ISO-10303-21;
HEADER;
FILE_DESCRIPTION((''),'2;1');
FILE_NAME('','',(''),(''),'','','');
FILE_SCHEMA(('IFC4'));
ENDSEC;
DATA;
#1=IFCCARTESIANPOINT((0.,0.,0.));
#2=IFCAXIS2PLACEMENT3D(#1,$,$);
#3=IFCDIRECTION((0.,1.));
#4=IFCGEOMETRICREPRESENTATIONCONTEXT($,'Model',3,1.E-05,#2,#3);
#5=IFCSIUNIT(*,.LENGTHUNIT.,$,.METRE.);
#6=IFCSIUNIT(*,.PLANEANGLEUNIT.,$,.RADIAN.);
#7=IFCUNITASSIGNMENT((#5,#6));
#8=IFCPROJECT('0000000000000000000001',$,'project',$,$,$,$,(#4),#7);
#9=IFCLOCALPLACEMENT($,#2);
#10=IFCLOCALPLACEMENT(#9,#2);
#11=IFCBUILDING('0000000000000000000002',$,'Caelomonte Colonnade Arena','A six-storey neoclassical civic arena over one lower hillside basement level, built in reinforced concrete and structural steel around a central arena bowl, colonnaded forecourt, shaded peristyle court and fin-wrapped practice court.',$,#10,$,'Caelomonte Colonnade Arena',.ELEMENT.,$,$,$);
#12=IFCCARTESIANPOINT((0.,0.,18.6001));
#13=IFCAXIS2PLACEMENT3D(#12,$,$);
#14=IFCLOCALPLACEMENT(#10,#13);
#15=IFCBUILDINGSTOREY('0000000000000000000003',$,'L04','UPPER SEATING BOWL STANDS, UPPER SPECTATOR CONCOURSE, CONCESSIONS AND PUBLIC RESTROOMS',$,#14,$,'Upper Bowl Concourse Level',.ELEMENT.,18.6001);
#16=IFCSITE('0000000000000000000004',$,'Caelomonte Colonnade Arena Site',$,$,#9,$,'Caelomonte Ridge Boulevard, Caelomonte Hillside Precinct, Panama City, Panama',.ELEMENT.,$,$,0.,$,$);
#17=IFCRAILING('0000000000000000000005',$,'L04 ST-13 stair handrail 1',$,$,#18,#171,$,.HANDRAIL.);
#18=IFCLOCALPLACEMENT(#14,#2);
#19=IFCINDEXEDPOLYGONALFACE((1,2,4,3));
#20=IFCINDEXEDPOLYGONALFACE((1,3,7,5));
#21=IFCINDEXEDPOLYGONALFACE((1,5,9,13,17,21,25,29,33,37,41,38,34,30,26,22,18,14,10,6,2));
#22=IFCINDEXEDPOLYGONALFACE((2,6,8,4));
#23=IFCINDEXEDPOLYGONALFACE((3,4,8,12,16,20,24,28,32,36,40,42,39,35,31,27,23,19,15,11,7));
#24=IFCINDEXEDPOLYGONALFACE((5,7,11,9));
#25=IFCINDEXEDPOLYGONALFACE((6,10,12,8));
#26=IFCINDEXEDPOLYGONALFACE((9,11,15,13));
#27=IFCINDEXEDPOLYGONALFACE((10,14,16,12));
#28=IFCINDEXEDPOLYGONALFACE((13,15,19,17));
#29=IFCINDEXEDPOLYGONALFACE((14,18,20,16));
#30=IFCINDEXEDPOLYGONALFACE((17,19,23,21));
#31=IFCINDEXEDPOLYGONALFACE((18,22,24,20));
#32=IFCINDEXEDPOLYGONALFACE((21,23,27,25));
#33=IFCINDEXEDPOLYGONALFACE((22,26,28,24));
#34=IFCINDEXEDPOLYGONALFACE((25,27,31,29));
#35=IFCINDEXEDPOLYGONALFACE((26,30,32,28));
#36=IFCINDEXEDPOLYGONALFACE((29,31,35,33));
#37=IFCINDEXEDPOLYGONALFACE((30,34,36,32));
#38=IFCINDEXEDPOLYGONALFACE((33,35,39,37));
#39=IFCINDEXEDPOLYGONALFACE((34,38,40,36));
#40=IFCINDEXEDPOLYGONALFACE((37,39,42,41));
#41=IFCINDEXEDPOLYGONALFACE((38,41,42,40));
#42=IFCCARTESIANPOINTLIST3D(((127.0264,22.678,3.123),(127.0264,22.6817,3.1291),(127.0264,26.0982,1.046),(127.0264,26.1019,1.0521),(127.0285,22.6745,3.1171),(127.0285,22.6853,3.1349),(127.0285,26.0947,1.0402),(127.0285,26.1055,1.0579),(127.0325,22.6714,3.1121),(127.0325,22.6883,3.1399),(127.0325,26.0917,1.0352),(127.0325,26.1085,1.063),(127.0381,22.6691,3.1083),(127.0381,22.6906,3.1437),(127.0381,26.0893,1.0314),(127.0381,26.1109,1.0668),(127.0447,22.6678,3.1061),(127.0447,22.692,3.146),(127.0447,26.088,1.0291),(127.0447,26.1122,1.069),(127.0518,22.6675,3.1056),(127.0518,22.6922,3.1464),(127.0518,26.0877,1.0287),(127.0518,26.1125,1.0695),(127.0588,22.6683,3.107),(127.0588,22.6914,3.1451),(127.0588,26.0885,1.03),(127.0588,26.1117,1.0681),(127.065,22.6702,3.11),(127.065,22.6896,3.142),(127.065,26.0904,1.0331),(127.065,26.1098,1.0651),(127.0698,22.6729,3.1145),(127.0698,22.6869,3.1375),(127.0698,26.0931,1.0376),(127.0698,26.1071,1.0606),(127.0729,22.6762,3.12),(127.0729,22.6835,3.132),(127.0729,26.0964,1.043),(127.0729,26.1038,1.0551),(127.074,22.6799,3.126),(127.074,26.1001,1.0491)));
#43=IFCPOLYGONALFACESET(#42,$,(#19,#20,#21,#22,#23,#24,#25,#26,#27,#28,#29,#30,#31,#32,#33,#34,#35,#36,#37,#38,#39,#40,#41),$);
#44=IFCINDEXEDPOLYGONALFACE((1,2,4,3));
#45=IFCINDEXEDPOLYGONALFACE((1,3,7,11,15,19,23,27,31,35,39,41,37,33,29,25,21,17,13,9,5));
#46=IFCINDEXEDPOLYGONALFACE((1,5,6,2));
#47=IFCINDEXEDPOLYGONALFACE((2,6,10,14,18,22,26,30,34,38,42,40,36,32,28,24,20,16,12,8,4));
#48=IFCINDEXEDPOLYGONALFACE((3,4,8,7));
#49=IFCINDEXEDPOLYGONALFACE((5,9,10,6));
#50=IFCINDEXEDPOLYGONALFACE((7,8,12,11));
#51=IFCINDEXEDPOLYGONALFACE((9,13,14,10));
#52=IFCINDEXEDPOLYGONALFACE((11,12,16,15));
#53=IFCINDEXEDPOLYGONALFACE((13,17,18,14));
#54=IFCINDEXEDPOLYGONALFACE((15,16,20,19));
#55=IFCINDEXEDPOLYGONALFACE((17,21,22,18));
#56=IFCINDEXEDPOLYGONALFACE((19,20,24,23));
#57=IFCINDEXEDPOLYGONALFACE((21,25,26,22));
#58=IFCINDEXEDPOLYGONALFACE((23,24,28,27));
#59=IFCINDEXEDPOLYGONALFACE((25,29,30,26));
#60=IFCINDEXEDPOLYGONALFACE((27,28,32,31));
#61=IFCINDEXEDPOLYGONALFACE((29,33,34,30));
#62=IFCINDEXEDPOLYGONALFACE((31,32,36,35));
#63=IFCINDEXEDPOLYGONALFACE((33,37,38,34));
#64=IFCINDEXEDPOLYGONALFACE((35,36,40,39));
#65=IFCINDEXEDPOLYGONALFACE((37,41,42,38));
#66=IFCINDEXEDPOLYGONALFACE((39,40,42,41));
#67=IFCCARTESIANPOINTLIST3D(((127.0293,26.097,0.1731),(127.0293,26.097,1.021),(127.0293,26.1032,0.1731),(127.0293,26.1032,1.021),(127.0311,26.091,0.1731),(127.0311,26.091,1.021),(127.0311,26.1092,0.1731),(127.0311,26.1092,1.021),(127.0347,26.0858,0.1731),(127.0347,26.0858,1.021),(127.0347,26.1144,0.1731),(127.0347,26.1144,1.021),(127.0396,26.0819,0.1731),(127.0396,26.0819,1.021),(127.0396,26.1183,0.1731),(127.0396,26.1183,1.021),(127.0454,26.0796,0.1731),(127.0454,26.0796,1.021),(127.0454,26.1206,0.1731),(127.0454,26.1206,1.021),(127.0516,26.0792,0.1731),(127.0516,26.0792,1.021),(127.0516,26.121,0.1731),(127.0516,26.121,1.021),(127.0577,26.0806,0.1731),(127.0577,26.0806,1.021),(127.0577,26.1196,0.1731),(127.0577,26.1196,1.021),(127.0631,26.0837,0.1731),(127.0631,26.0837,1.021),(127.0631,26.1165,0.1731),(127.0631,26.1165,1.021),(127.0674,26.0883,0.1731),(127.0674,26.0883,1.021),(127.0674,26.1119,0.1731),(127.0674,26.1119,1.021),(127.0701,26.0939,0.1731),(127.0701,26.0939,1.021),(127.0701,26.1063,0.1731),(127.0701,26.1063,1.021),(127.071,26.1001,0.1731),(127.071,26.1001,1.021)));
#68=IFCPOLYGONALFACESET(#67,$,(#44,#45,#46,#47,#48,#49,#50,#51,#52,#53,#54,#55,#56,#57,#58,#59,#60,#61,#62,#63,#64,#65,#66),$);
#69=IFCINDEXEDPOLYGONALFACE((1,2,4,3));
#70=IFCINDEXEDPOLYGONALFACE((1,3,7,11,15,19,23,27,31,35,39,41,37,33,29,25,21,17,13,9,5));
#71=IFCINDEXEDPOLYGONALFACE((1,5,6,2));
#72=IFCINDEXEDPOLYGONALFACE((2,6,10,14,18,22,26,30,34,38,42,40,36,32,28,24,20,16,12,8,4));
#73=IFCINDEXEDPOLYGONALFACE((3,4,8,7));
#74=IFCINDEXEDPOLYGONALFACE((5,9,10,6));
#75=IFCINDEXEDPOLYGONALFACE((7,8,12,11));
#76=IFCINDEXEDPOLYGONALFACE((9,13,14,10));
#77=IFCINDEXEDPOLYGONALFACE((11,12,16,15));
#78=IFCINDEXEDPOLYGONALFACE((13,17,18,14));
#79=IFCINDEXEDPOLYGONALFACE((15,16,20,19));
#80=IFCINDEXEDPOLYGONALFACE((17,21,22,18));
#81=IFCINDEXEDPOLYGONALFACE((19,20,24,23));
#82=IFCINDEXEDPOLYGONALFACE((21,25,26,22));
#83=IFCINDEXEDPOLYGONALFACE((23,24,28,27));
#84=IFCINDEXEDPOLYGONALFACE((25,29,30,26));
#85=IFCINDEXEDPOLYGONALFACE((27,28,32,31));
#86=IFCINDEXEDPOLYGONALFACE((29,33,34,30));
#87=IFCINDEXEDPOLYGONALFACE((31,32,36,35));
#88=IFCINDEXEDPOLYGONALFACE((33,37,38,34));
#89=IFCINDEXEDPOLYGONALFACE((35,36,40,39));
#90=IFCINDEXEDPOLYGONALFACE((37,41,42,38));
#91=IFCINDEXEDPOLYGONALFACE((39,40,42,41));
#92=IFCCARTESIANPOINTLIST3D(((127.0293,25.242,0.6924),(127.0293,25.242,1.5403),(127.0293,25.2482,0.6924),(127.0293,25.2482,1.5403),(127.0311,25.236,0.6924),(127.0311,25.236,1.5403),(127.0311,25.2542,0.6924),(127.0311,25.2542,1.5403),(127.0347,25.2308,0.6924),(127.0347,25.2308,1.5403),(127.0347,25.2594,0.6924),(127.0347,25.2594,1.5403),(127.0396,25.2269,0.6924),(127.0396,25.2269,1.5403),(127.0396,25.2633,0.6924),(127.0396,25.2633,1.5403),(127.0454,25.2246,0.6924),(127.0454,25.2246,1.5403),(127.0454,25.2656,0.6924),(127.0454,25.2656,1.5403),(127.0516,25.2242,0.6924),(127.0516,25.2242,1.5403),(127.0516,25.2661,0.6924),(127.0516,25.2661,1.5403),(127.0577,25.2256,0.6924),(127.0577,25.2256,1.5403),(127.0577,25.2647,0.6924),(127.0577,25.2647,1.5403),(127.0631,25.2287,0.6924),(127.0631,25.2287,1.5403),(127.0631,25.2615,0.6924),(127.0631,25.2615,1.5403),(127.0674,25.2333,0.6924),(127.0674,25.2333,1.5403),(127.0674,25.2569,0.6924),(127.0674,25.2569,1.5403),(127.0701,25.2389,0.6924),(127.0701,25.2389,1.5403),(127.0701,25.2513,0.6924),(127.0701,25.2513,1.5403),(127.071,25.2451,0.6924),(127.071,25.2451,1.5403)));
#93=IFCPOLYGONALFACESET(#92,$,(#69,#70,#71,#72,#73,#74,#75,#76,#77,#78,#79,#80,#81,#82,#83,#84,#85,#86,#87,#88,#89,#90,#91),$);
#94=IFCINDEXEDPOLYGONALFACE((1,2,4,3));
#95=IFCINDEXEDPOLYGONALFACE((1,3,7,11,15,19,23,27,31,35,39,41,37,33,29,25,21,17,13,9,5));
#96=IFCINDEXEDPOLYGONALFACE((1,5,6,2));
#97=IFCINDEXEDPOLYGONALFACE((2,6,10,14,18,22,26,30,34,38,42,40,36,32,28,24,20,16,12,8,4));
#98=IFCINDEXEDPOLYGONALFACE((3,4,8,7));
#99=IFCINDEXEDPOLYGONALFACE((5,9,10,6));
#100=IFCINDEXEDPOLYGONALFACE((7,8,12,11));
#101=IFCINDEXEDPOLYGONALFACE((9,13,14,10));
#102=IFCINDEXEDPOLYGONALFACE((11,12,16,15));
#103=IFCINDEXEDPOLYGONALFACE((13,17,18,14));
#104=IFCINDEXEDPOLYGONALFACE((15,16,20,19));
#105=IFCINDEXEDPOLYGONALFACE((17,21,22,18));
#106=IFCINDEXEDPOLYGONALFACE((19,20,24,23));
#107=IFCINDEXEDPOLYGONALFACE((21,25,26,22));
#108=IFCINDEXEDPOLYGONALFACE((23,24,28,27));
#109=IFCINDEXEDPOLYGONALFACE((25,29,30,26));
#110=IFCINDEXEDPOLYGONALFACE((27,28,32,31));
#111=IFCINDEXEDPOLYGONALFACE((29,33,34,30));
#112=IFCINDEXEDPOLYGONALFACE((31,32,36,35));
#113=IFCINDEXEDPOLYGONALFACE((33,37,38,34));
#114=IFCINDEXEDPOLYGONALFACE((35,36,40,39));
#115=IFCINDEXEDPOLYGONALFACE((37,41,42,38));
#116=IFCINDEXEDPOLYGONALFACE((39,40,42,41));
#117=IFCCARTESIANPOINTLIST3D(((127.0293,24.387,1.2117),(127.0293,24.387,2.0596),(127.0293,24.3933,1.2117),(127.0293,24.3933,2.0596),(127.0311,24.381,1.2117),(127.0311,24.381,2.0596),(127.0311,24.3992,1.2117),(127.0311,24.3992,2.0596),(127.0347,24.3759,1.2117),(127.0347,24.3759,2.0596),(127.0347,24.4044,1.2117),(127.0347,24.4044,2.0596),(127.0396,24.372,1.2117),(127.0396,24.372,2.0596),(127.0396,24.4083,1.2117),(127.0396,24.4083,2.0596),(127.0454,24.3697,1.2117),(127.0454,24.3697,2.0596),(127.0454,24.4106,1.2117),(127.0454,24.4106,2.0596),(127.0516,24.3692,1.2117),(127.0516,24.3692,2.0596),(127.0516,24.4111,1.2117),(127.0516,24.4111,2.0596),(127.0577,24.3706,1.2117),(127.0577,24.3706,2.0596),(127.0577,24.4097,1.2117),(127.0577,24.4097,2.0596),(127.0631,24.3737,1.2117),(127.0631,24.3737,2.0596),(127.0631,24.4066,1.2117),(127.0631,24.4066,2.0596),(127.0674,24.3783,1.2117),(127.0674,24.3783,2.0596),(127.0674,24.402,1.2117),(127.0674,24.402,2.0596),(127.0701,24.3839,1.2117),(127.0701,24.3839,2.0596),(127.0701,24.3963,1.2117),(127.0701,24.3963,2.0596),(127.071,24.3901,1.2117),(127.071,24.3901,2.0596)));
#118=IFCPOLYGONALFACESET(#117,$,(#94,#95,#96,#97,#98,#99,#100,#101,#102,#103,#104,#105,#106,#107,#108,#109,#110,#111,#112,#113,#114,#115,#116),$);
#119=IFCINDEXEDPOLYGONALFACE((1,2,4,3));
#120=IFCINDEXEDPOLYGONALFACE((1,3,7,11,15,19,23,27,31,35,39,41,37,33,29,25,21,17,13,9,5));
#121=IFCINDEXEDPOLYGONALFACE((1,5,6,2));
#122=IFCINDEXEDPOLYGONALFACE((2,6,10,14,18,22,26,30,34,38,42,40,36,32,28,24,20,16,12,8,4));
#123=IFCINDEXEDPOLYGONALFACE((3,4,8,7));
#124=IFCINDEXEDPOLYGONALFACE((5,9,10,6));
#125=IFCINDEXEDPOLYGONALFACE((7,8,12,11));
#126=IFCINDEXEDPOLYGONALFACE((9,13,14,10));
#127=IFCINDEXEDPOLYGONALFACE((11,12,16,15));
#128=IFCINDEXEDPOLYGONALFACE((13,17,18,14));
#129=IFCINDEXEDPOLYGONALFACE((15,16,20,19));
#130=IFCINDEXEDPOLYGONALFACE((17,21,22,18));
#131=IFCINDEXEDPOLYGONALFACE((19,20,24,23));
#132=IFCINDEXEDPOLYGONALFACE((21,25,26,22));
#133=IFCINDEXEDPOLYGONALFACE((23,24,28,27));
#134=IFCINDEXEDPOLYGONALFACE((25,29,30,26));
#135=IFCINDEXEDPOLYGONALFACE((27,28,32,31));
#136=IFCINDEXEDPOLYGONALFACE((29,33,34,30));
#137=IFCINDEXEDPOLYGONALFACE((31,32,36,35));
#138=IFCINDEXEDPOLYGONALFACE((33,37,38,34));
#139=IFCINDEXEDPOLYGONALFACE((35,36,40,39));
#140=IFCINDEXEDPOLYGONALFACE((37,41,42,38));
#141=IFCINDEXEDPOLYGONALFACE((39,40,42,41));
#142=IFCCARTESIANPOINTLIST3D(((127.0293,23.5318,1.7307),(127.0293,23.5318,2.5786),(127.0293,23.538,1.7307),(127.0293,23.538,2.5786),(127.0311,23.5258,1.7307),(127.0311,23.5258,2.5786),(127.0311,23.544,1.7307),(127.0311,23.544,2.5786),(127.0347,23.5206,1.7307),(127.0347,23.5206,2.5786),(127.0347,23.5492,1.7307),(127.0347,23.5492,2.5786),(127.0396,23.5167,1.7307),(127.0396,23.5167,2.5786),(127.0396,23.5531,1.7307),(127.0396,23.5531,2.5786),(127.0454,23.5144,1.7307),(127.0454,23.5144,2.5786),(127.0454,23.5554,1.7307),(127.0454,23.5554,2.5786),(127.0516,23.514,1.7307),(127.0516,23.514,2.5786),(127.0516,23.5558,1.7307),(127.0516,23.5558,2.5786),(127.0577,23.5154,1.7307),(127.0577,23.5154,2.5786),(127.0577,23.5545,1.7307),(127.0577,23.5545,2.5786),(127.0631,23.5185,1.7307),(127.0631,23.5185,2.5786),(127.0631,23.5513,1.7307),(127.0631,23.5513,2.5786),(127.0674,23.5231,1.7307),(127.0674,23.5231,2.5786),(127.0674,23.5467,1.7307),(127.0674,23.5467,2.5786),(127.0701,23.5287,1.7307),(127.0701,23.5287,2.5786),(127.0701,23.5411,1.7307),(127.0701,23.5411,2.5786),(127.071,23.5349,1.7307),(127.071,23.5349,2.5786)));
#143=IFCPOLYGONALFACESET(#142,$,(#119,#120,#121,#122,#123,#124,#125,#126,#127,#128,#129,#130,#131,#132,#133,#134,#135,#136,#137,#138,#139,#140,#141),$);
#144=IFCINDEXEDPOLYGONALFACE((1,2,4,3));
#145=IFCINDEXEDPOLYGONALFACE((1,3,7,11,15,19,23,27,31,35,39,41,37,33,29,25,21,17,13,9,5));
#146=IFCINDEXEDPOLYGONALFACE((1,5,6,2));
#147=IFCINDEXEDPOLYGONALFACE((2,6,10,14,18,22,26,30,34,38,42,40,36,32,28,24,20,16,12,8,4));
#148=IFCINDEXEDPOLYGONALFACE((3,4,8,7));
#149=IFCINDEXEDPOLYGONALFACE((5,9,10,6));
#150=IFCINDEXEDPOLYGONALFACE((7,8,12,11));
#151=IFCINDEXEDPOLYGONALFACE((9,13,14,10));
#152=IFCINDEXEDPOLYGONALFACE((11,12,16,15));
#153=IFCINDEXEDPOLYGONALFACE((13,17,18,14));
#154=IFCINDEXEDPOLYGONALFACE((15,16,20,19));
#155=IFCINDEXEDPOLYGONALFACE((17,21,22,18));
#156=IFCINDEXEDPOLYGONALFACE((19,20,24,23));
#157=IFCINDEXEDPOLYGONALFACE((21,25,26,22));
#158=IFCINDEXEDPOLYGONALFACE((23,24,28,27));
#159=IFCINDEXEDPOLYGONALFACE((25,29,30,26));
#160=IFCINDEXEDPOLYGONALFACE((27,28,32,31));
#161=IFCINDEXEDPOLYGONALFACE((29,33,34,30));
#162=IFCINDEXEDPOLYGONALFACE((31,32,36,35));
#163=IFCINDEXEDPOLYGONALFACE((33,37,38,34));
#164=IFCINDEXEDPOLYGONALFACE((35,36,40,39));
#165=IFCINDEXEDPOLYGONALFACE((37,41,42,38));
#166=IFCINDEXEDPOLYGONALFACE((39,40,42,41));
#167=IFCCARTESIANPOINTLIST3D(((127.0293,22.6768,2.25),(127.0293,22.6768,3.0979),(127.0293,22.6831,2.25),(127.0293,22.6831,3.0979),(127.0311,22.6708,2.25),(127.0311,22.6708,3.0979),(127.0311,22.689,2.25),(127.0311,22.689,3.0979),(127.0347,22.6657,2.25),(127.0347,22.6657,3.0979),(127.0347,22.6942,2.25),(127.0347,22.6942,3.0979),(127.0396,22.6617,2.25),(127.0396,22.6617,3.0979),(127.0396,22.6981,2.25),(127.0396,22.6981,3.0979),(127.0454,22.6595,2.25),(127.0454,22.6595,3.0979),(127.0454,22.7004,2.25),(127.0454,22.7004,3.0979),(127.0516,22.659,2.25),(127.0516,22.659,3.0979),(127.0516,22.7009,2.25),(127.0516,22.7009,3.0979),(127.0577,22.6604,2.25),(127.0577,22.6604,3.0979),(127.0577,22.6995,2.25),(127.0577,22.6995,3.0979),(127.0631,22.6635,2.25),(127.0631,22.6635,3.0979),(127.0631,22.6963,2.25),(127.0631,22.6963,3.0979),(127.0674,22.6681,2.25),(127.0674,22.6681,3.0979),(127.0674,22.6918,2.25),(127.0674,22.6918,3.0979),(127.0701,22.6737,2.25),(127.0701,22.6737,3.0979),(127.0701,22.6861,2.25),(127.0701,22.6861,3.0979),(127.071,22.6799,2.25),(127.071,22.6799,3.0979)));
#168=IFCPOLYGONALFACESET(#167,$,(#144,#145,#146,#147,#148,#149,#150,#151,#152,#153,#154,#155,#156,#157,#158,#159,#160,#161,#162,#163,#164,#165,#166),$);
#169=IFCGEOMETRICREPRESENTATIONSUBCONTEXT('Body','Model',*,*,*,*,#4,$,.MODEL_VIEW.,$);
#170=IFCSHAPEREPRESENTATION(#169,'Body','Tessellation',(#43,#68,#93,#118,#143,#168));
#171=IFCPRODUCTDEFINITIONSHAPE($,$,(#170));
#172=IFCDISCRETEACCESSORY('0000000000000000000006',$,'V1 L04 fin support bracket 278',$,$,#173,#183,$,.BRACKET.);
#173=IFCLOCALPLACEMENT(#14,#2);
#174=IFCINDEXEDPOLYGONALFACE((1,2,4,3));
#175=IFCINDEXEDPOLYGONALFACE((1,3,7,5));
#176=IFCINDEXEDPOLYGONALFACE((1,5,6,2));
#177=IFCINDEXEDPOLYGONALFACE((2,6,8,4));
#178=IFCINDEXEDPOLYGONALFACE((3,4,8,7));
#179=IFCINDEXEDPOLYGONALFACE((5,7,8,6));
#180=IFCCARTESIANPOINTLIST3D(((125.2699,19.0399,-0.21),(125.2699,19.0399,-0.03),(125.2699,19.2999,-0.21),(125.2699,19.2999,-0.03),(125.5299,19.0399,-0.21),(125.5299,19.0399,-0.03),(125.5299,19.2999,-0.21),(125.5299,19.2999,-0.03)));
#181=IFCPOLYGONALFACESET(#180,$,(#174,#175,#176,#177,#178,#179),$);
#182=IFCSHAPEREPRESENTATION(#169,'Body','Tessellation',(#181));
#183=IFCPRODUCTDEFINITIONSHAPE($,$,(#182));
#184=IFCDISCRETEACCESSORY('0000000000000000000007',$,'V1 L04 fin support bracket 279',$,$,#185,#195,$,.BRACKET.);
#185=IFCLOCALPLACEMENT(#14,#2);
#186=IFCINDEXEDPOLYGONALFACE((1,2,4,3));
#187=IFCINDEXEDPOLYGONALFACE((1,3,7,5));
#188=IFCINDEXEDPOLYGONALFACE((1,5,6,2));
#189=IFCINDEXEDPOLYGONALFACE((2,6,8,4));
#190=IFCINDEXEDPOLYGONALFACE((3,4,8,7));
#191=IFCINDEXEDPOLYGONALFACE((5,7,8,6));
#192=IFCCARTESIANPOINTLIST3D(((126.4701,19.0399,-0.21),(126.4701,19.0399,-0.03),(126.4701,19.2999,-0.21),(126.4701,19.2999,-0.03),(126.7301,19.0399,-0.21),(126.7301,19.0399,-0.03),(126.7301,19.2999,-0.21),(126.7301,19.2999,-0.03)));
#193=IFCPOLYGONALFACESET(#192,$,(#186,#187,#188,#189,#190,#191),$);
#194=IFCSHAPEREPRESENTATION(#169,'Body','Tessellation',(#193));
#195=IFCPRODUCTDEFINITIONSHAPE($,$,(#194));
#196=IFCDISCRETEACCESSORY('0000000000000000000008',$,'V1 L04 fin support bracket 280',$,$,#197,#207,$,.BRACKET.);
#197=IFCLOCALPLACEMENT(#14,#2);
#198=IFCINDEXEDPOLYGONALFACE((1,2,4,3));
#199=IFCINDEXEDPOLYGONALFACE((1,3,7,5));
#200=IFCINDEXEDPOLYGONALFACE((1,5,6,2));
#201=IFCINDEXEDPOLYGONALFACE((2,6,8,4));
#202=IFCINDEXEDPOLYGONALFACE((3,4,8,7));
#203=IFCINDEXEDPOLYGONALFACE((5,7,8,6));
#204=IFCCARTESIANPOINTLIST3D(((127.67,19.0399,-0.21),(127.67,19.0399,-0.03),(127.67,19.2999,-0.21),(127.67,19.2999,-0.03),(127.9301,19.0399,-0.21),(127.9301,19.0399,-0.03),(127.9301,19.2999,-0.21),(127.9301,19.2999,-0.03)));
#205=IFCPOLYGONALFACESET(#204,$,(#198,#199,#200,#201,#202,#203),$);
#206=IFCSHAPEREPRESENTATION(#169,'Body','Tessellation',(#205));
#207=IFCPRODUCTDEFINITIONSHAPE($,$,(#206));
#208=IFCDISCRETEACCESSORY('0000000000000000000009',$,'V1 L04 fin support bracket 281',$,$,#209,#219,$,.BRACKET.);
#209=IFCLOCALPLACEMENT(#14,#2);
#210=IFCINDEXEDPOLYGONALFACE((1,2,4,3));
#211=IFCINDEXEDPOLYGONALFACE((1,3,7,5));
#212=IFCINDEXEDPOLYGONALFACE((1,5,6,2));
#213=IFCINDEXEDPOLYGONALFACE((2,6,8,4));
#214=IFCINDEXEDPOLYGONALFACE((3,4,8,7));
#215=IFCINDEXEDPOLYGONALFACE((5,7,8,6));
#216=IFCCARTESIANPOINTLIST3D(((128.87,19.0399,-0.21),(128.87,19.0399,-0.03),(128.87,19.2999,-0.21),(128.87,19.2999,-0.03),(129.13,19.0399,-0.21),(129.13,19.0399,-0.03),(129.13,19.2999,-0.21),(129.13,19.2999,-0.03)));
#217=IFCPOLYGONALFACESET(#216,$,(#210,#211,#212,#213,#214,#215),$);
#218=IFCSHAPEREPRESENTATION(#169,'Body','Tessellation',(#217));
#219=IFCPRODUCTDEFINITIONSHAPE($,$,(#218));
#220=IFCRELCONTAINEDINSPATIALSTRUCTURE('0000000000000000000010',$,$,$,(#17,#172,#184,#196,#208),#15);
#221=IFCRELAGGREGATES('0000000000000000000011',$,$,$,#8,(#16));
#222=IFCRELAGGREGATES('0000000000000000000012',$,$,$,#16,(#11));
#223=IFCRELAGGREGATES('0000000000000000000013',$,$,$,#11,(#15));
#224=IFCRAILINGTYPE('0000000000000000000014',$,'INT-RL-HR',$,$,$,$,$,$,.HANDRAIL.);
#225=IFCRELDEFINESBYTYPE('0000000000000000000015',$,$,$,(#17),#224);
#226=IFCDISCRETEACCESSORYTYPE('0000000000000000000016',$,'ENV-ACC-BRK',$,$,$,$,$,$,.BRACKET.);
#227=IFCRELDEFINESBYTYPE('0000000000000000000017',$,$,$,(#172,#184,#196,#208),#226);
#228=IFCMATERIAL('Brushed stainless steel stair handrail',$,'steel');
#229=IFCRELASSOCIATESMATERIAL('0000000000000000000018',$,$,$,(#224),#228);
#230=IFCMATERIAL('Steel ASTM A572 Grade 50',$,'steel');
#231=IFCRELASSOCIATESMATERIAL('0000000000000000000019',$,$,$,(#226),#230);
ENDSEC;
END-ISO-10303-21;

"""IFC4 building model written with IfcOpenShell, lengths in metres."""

from ifc_helpers import new_model, si_unit, direction, frame, origin, origin_2d, place, context, subcontext, project, spatial, rectangle, circle, extrude, material, type_object, element, save


model = new_model("IFC4")

# Units and contexts
model_context = context("Model", 3, precision=1e-05, world=origin(), true_north=direction((0.0, 1.0)))
body_context = subcontext(model_context, "Body", "Model", "MODEL_VIEW")
ifc_project = project(units=[si_unit("LENGTHUNIT", "METRE"), si_unit("PLANEANGLEUNIT", "RADIAN")], contexts=[model_context])

# Site, building, storey
site_placement = place(None, origin())
site = spatial("IfcSite", under=ifc_project, at=site_placement, Name="Caelomonte Colonnade Arena Site", LongName="Caelomonte Ridge Boulevard, Caelomonte Hillside Precinct, Panama City, Panama", CompositionType="ELEMENT", RefElevation=0.0)
building_placement = place(site_placement, origin())
building = spatial("IfcBuilding", under=site, at=building_placement, Name="Caelomonte Colonnade Arena", Description="A six-storey neoclassical civic arena over one lower hillside basement level, built in reinforced concrete and structural steel around a central arena bowl, colonnaded forecourt, shaded peristyle court and fin-wrapped practice court.", LongName="Caelomonte Colonnade Arena", CompositionType="ELEMENT")
storey_placement = place(building_placement, frame((0.0, 0.0, 18.6001)))
storey = spatial("IfcBuildingStorey", under=building, at=storey_placement, Name="L04", Description="UPPER SEATING BOWL STANDS, UPPER SPECTATOR CONCOURSE, CONCESSIONS AND PUBLIC RESTROOMS", LongName="Upper Bowl Concourse Level", CompositionType="ELEMENT", Elevation=18.6001)

# Railing
ifc_material_1 = material(Name="Brushed stainless steel stair handrail", Category="steel")
railing_type_1 = type_object("IfcRailingType", Name="INT-RL-HR", PredefinedType="HANDRAIL", material=ifc_material_1)
railing_1_placement = place(storey_placement, frame((127.05, 26.1001, 0.1731)))
element("IfcRailing", 1, at=railing_1_placement, inside=storey, type_object=railing_type_1, Name="L04 ST-13 stair handrail 1", PredefinedType="HANDRAIL", context=body_context, shape_type="SweptSolid", body=[
    extrude(circle(Radius=0.0239, at=origin_2d()), frame((0.0, 0.0, 0.876), z_axis=(0.0, -0.854746, 0.519047), x_axis=(1.0, 0.0, 0.0)), (0.0, 0.0, 1.0), 4.0015),
    extrude(circle(Radius=0.021, at=origin_2d()), origin(), (0.0, 0.0, 1.0), 0.8479),
    extrude(circle(Radius=0.021, at=origin_2d()), frame((0.0, -0.855, 0.5193)), (0.0, 0.0, 1.0), 0.8479),
    extrude(circle(Radius=0.021, at=origin_2d()), frame((0.0, -1.71, 1.0386)), (0.0, 0.0, 1.0), 0.8479),
    extrude(circle(Radius=0.021, at=origin_2d()), frame((0.0, -2.5652, 1.5576)), (0.0, 0.0, 1.0), 0.8479),
    extrude(circle(Radius=0.021, at=origin_2d()), frame((0.0, -3.4202, 2.0769)), (0.0, 0.0, 1.0), 0.8479),
])

# Discrete accessories
ifc_material_2 = material(Name="Steel ASTM A572 Grade 50", Category="steel")
discrete_accessory_type = type_object("IfcDiscreteAccessoryType", Name="ENV-ACC-BRK", PredefinedType="BRACKET", material=ifc_material_2)
for number, where, z_axis, x_axis, name in (
    (2, (125.3999, 19.1699, -0.21), (0.0, 0.0, 1.0), (1.0, 0.0, 0.0), "V1 L04 fin support bracket 278"),
    (3, (126.6001, 19.1699, -0.21), (0.0, 0.0, 1.0), (1.0, 0.0, 0.0), "V1 L04 fin support bracket 279"),
    (4, (127.8, 19.1699, -0.21), (0.0, 0.0, 1.0), (1.0, 0.0, 0.0), "V1 L04 fin support bracket 280"),
    (5, (129.0, 19.1699, -0.21), (0.0, 0.0, 1.0), (1.0, 0.0, 0.0), "V1 L04 fin support bracket 281"),
):
    element("IfcDiscreteAccessory", number, at=place(storey_placement, frame(where, z_axis=z_axis, x_axis=x_axis)), inside=storey, type_object=discrete_accessory_type, Name=name, PredefinedType="BRACKET", context=body_context, shape_type="SweptSolid", body=[
        extrude(rectangle(XDim=0.26, YDim=0.26, at=origin_2d()), origin(), (0.0, 0.0, 1.0), 0.1799),
    ])

save(model, "model.ifc")
